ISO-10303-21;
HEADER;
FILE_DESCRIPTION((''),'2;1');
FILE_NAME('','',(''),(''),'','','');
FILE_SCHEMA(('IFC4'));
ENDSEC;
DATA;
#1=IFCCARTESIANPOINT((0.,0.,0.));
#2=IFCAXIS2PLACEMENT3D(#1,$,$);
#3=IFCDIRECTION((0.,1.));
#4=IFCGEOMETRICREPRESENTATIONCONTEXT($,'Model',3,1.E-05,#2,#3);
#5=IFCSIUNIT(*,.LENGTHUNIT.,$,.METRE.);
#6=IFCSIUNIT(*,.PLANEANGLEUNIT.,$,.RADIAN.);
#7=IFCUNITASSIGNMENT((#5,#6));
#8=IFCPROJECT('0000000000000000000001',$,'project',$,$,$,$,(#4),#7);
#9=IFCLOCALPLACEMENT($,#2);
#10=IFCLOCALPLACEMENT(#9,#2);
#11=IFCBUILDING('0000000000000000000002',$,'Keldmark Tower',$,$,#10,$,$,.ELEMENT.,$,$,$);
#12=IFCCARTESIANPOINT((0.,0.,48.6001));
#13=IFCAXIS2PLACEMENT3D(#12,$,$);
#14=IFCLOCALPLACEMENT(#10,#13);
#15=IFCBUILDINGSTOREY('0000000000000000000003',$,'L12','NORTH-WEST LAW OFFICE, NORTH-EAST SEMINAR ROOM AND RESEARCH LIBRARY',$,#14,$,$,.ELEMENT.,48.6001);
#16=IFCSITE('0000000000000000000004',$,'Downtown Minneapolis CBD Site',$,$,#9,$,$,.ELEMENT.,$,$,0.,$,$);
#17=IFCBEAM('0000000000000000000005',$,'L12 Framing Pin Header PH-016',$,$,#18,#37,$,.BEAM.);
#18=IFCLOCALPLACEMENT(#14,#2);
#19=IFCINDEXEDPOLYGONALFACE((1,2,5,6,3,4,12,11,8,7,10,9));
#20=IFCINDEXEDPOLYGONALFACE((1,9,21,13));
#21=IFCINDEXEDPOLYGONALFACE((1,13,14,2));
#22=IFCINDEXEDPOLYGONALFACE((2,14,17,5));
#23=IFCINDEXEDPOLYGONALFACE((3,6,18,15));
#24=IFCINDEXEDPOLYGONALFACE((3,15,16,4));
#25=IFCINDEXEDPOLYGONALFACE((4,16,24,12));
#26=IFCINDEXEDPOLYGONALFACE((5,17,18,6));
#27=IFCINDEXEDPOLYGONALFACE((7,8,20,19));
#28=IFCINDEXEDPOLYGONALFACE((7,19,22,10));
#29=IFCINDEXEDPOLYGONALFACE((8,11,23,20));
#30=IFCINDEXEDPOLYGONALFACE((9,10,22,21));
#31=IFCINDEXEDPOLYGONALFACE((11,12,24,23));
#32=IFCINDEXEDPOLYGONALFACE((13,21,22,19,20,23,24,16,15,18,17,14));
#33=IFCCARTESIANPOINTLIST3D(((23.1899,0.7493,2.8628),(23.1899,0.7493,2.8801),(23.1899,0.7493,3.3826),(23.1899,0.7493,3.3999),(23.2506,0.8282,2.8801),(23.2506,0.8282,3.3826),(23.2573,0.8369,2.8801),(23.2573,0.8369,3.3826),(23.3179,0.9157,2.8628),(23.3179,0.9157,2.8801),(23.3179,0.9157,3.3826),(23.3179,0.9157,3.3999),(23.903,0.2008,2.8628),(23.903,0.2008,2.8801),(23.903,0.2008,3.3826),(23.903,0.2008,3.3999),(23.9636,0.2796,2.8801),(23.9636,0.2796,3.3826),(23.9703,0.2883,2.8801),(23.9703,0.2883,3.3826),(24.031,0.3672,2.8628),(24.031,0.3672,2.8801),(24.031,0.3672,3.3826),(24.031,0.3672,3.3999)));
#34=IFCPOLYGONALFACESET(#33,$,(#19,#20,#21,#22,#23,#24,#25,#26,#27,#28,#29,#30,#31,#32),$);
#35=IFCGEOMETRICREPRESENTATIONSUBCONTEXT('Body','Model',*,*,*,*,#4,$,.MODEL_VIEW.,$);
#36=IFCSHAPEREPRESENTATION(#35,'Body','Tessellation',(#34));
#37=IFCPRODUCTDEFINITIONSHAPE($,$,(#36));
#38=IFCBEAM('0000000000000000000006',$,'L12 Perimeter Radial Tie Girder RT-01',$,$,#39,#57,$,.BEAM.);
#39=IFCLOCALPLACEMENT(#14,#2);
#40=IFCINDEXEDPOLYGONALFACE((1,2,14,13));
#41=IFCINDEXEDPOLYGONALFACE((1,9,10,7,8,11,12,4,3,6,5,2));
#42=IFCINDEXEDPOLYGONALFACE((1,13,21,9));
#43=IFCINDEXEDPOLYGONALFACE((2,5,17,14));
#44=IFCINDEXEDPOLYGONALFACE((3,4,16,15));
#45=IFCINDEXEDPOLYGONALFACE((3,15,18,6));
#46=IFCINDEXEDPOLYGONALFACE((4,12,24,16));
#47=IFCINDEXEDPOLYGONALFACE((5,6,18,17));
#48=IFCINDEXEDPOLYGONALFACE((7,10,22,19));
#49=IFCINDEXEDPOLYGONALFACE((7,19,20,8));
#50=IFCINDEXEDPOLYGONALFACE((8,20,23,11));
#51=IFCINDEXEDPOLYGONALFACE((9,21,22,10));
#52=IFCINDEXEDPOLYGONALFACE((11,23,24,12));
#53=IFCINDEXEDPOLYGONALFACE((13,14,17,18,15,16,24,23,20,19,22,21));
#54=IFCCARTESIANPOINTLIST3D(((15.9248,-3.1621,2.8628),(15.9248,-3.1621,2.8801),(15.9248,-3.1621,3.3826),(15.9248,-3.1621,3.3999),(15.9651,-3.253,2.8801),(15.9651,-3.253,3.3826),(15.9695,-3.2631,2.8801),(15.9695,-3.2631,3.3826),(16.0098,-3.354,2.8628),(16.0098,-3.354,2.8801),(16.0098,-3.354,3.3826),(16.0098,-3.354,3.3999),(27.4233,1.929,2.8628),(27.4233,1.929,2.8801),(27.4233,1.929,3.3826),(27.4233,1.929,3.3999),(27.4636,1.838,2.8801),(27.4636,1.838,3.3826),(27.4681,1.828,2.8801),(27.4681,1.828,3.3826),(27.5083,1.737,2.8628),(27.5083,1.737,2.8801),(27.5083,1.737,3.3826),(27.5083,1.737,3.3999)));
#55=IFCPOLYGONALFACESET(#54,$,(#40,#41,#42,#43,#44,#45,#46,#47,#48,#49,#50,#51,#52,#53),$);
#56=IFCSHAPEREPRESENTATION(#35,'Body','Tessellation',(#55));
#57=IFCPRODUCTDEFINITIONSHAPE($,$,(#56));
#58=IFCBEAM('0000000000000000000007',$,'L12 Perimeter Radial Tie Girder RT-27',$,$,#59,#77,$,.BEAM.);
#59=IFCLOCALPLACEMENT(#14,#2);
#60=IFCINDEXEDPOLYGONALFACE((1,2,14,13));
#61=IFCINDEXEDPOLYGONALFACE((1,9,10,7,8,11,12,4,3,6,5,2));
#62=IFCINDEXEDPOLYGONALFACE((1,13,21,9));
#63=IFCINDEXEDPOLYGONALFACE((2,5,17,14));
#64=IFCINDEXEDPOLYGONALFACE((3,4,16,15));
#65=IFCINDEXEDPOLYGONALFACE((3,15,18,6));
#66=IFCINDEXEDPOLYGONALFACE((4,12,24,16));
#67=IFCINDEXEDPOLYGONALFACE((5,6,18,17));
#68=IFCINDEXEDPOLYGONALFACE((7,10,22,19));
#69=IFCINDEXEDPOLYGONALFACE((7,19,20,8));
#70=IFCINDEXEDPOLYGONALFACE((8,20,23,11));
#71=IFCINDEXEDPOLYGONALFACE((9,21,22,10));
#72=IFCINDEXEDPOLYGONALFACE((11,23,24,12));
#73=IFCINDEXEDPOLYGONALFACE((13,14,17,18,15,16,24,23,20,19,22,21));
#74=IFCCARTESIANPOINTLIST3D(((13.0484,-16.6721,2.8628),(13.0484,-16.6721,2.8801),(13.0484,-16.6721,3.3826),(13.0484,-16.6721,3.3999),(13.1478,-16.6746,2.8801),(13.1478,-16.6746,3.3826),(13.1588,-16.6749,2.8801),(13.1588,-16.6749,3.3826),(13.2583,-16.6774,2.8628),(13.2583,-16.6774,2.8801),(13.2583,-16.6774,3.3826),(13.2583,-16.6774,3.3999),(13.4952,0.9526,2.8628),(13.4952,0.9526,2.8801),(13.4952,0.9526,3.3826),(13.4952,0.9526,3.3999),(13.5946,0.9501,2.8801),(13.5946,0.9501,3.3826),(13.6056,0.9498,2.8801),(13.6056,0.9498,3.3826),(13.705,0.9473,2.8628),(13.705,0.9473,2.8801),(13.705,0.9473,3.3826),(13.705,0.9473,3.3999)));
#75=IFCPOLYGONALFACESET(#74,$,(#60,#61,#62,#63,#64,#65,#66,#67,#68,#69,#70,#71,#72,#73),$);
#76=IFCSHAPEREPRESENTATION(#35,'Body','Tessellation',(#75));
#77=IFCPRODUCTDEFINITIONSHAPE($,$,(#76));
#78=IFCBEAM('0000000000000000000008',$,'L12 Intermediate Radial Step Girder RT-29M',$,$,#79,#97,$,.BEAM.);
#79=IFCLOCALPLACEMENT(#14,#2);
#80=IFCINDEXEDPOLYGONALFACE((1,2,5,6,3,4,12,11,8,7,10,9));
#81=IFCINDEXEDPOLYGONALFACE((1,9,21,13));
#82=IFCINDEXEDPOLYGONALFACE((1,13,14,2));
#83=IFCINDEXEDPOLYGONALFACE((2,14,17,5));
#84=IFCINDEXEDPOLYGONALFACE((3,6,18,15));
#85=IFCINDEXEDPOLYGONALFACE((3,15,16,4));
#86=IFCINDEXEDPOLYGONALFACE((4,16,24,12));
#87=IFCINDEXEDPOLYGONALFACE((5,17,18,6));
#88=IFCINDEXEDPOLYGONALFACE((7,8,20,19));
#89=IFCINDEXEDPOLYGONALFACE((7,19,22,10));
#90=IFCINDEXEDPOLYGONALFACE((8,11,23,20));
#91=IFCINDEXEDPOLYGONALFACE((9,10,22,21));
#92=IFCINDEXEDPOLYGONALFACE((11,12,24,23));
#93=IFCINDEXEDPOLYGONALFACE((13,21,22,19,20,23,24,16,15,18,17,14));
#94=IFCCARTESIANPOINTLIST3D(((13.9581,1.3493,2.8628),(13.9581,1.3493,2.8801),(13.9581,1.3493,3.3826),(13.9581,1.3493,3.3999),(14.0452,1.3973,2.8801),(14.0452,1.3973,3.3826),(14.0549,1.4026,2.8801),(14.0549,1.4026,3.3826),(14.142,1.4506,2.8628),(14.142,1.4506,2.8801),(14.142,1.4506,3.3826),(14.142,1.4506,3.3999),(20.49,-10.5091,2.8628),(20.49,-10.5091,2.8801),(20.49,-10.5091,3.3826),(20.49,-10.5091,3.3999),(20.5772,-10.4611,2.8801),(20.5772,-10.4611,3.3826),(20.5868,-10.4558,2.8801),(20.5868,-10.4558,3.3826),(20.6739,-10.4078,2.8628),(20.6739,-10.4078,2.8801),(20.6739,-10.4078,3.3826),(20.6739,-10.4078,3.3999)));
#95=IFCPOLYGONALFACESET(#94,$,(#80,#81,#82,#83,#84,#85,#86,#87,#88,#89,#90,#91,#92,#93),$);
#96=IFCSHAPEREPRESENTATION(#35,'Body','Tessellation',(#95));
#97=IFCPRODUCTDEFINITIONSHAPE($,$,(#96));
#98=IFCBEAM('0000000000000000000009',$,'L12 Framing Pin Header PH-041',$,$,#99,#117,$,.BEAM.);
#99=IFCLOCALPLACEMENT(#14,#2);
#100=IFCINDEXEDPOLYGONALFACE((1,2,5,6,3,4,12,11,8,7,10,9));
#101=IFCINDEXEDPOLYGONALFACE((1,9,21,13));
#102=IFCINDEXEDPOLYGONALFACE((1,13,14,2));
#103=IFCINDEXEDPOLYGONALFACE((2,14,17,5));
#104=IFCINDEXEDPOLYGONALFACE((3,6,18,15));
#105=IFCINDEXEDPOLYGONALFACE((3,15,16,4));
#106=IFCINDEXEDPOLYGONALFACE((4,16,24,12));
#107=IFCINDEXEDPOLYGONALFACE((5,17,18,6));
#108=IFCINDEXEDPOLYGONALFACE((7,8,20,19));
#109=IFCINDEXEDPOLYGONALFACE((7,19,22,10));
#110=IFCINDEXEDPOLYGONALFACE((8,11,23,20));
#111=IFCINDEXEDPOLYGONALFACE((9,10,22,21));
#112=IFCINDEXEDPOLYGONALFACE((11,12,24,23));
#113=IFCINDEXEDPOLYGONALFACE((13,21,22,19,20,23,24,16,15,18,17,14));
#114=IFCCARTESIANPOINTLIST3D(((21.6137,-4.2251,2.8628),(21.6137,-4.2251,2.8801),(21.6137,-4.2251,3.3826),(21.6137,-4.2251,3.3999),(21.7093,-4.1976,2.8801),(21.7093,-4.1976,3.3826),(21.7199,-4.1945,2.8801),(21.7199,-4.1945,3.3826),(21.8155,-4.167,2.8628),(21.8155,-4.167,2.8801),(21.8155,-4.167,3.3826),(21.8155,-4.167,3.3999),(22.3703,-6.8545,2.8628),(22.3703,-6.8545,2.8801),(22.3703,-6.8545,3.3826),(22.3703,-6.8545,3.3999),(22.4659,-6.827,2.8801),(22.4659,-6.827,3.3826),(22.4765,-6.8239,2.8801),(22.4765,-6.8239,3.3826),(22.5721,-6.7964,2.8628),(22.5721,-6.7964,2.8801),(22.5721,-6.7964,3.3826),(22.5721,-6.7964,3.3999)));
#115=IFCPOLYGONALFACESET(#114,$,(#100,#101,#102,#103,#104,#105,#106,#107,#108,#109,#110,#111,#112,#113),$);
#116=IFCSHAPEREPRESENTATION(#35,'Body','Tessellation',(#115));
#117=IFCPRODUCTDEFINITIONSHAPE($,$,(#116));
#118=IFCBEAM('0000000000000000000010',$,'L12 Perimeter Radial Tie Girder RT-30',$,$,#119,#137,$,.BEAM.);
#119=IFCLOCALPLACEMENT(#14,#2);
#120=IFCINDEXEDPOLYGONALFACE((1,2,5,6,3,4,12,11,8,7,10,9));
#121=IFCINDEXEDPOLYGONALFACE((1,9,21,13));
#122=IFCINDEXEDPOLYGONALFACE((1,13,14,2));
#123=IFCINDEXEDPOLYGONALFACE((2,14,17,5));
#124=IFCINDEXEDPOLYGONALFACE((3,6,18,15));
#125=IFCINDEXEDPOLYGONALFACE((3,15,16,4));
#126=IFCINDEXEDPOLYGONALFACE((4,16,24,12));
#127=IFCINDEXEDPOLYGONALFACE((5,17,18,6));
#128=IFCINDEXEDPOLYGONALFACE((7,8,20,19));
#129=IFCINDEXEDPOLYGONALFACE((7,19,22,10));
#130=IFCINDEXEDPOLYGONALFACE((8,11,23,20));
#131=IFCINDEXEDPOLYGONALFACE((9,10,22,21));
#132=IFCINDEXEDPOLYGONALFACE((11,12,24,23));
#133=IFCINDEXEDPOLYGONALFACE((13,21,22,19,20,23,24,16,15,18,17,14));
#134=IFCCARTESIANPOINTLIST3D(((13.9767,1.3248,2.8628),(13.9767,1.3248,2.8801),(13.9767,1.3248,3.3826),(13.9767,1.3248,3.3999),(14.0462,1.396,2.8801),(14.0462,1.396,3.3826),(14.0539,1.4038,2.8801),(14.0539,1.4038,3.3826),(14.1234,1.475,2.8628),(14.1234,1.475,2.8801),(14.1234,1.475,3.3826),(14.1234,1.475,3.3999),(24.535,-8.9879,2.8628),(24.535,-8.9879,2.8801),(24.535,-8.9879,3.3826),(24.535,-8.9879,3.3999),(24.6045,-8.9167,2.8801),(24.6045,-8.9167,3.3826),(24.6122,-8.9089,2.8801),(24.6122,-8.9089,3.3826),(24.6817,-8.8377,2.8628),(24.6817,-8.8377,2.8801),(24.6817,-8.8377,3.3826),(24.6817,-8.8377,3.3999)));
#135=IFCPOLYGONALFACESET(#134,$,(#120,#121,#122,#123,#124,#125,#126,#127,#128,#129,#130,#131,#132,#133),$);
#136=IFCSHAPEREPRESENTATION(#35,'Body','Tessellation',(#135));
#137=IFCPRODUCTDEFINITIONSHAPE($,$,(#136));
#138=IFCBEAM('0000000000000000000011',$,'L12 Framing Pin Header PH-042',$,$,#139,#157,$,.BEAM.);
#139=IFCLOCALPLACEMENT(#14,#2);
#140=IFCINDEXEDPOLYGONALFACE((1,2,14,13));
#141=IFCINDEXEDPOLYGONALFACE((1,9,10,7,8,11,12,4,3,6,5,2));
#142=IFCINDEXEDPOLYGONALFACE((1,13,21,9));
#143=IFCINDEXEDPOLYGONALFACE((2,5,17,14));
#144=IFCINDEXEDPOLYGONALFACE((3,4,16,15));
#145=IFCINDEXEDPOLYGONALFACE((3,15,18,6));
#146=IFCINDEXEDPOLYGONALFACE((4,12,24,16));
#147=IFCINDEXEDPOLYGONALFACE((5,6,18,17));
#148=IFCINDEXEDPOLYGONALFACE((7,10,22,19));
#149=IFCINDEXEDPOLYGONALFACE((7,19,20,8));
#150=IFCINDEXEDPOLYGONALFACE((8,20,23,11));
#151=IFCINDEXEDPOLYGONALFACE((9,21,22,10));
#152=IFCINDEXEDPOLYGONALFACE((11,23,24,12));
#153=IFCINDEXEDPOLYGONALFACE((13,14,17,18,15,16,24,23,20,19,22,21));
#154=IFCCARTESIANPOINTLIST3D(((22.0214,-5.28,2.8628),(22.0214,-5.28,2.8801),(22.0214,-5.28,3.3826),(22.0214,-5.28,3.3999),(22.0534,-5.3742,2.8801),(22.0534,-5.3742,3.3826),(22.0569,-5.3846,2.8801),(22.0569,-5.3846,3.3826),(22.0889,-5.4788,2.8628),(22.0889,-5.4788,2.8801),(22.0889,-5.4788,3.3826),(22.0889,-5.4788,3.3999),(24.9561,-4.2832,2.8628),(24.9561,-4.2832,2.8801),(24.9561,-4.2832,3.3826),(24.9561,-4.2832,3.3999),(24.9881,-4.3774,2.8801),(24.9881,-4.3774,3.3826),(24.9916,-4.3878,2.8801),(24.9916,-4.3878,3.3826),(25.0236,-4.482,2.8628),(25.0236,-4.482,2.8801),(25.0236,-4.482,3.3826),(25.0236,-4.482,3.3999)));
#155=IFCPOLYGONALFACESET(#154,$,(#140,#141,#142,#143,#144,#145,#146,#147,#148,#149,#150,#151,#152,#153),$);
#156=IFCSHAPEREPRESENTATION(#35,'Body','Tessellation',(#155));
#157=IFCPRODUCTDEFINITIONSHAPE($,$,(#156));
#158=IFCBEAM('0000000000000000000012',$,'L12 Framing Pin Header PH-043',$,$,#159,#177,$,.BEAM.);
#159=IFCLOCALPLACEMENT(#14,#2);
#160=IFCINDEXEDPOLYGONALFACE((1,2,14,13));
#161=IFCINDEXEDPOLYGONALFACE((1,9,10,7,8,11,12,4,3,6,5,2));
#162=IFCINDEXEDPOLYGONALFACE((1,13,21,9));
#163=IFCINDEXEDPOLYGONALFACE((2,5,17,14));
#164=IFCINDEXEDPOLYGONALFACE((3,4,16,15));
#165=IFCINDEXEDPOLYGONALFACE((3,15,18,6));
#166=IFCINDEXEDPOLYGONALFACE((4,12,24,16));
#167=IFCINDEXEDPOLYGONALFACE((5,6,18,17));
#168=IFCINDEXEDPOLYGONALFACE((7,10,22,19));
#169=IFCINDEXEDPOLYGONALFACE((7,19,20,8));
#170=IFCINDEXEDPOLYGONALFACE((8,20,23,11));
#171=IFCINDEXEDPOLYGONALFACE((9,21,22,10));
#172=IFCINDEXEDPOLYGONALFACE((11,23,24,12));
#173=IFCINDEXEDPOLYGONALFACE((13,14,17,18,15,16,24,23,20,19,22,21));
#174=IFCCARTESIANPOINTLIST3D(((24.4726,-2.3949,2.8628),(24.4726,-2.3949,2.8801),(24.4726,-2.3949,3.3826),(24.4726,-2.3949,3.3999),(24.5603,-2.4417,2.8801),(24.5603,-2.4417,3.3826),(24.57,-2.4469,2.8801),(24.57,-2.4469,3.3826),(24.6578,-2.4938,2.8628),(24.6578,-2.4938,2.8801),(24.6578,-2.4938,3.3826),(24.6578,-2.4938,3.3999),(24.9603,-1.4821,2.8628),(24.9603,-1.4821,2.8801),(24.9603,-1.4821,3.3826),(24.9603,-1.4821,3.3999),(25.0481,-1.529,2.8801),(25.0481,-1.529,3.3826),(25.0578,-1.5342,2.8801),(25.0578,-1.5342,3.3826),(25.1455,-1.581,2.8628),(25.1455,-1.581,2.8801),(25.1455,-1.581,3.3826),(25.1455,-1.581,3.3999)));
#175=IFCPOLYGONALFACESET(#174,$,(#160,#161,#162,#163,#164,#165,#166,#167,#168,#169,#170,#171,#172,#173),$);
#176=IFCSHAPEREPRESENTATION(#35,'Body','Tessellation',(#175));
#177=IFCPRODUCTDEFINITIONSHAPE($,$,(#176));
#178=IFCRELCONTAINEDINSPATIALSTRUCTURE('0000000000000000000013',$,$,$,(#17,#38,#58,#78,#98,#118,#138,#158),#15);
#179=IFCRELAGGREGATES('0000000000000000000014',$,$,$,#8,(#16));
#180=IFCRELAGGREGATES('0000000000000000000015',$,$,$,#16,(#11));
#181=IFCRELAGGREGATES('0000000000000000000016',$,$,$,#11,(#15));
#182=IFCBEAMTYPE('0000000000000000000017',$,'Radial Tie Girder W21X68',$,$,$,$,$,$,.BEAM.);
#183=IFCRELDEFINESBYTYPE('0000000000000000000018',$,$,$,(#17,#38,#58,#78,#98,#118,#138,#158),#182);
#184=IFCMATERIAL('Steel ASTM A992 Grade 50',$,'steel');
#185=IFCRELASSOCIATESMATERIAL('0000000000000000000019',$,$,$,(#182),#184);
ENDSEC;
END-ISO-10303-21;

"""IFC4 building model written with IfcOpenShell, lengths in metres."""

from ifc_helpers import new_model, si_unit, direction, frame, origin, origin_2d, place, context, subcontext, project, spatial, i_section, extrude, material, material_profile, profile_set, type_object, element, save


model = new_model("IFC4")

# Units and contexts
model_context = context("Model", 3, precision=1e-05, world=origin(), true_north=direction((0.0, 1.0)))
body_context = subcontext(model_context, "Body", "Model", "MODEL_VIEW")
ifc_project = project(units=[si_unit("LENGTHUNIT", "METRE"), si_unit("PLANEANGLEUNIT", "RADIAN")], contexts=[model_context])

# Site, building, storey
site_placement = place(None, origin())
site = spatial("IfcSite", under=ifc_project, at=site_placement, Name="Downtown Minneapolis CBD Site", CompositionType="ELEMENT", RefElevation=0.0)
building_placement = place(site_placement, origin())
building = spatial("IfcBuilding", under=site, at=building_placement, Name="Keldmark Tower", CompositionType="ELEMENT")
storey_placement = place(building_placement, frame((0.0, 0.0, 48.6001)))
storey = spatial("IfcBuildingStorey", under=building, at=storey_placement, Name="L12", Description="NORTH-WEST LAW OFFICE, NORTH-EAST SEMINAR ROOM AND RESEARCH LIBRARY", CompositionType="ELEMENT", Elevation=48.6001)

# Beams
ifc_material_1 = material(Name="Steel ASTM A992 Grade 50", Category="steel")
ifc_material_profile_1 = material_profile(ifc_material_1, i_section(OverallWidth=0.21, OverallDepth=0.5371, WebThickness=0.011, FlangeThickness=0.0173, at=origin_2d()), Name="W21X68")
ifc_profile_set_1 = profile_set([ifc_material_profile_1], Name="Steel ASTM A992 Grade 50")
beam_type_1 = type_object("IfcBeamType", Name="Radial Tie Girder W21X68", PredefinedType="BEAM", material=ifc_profile_set_1)
beam_1_placement = place(storey_placement, frame((23.2539, 0.8325, 3.1313), z_axis=(0.792614, -0.609724, 0.0), x_axis=(0.609724, 0.792614, 0.0)))
element("IfcBeam", 1, at=beam_1_placement, inside=storey, type_object=beam_type_1, Name="L12 Framing Pin Header PH-016", PredefinedType="BEAM", context=body_context, shape_type="SweptSolid", body=[
    extrude(i_section(OverallWidth=0.21, OverallDepth=0.5371, WebThickness=0.011, FlangeThickness=0.0173, at=origin_2d()), origin(), (0.0, 0.0, 1.0), 0.8997),
])
beam_2_placement = place(storey_placement, frame((15.9673, -3.2581, 3.1313), z_axis=(0.914383, 0.40485, 0.0), x_axis=(-0.40485, 0.914383, 0.0)))
element("IfcBeam", 2, at=beam_2_placement, inside=storey, type_object=beam_type_1, Name="L12 Perimeter Radial Tie Girder RT-01", PredefinedType="BEAM", context=body_context, shape_type="SweptSolid", body=[
    extrude(i_section(OverallWidth=0.21, OverallDepth=0.5371, WebThickness=0.011, FlangeThickness=0.0173, at=origin_2d()), origin(), (0.0, 0.0, 1.0), 12.5752),
])
beam_3_placement = place(storey_placement, frame((13.6001, 0.95, 3.1313), z_axis=(-0.025341, -0.999679, 0.0), x_axis=(0.999679, -0.025341, 0.0)))
element("IfcBeam", 3, at=beam_3_placement, inside=storey, type_object=beam_type_1, Name="L12 Perimeter Radial Tie Girder RT-27", PredefinedType="BEAM", context=body_context, shape_type="SweptSolid", body=[
    extrude(i_section(OverallWidth=0.21, OverallDepth=0.5371, WebThickness=0.011, FlangeThickness=0.0173, at=origin_2d()), origin(), (0.0, 0.0, 1.0), 17.6304),
])
beam_4_placement = place(storey_placement, frame((14.05, 1.3999, 3.1313), z_axis=(0.482478, -0.875908, 0.0), x_axis=(0.875908, 0.482478, 0.0)))
element("IfcBeam", 4, at=beam_4_placement, inside=storey, type_object=beam_type_1, Name="L12 Intermediate Radial Step Girder RT-29M", PredefinedType="BEAM", context=body_context, shape_type="SweptSolid", body=[
    extrude(i_section(OverallWidth=0.21, OverallDepth=0.5371, WebThickness=0.011, FlangeThickness=0.0173, at=origin_2d()), origin(), (0.0, 0.0, 1.0), 13.5383),
])
beam_5_placement = place(storey_placement, frame((21.7146, -4.196, 3.1313), z_axis=(0.276524, -0.961007, 0.0), x_axis=(0.961007, 0.276524, 0.0)))
element("IfcBeam", 5, at=beam_5_placement, inside=storey, type_object=beam_type_1, Name="L12 Framing Pin Header PH-041", PredefinedType="BEAM", context=body_context, shape_type="SweptSolid", body=[
    extrude(i_section(OverallWidth=0.21, OverallDepth=0.5371, WebThickness=0.011, FlangeThickness=0.0173, at=origin_2d()), origin(), (0.0, 0.0, 1.0), 2.7361),
])
beam_6_placement = place(storey_placement, frame((14.05, 1.3999, 3.1313), z_axis=(0.715378, -0.698737, 0.0), x_axis=(0.698737, 0.715378, 0.0)))
element("IfcBeam", 6, at=beam_6_placement, inside=storey, type_object=beam_type_1, Name="L12 Perimeter Radial Tie Girder RT-30", PredefinedType="BEAM", context=body_context, shape_type="SweptSolid", body=[
    extrude(i_section(OverallWidth=0.21, OverallDepth=0.5371, WebThickness=0.011, FlangeThickness=0.0173, at=origin_2d()), origin(), (0.0, 0.0, 1.0), 14.759),
])
beam_7_placement = place(storey_placement, frame((22.0552, -5.3794, 3.1313), z_axis=(0.946872, 0.32161, 0.0), x_axis=(-0.32161, 0.946872, 0.0)))
element("IfcBeam", 7, at=beam_7_placement, inside=storey, type_object=beam_type_1, Name="L12 Framing Pin Header PH-042", PredefinedType="BEAM", context=body_context, shape_type="SweptSolid", body=[
    extrude(i_section(OverallWidth=0.21, OverallDepth=0.5371, WebThickness=0.011, FlangeThickness=0.0173, at=origin_2d()), origin(), (0.0, 0.0, 1.0), 3.0994),
])
beam_8_placement = place(storey_placement, frame((24.5652, -2.4443, 3.1313), z_axis=(0.471298, 0.881974, 0.0), x_axis=(-0.881974, 0.471298, 0.0)))
element("IfcBeam", 8, at=beam_8_placement, inside=storey, type_object=beam_type_1, Name="L12 Framing Pin Header PH-043", PredefinedType="BEAM", context=body_context, shape_type="SweptSolid", body=[
    extrude(i_section(OverallWidth=0.21, OverallDepth=0.5371, WebThickness=0.011, FlangeThickness=0.0173, at=origin_2d()), origin(), (0.0, 0.0, 1.0), 1.0349),
])

save(model, "model.ifc")
